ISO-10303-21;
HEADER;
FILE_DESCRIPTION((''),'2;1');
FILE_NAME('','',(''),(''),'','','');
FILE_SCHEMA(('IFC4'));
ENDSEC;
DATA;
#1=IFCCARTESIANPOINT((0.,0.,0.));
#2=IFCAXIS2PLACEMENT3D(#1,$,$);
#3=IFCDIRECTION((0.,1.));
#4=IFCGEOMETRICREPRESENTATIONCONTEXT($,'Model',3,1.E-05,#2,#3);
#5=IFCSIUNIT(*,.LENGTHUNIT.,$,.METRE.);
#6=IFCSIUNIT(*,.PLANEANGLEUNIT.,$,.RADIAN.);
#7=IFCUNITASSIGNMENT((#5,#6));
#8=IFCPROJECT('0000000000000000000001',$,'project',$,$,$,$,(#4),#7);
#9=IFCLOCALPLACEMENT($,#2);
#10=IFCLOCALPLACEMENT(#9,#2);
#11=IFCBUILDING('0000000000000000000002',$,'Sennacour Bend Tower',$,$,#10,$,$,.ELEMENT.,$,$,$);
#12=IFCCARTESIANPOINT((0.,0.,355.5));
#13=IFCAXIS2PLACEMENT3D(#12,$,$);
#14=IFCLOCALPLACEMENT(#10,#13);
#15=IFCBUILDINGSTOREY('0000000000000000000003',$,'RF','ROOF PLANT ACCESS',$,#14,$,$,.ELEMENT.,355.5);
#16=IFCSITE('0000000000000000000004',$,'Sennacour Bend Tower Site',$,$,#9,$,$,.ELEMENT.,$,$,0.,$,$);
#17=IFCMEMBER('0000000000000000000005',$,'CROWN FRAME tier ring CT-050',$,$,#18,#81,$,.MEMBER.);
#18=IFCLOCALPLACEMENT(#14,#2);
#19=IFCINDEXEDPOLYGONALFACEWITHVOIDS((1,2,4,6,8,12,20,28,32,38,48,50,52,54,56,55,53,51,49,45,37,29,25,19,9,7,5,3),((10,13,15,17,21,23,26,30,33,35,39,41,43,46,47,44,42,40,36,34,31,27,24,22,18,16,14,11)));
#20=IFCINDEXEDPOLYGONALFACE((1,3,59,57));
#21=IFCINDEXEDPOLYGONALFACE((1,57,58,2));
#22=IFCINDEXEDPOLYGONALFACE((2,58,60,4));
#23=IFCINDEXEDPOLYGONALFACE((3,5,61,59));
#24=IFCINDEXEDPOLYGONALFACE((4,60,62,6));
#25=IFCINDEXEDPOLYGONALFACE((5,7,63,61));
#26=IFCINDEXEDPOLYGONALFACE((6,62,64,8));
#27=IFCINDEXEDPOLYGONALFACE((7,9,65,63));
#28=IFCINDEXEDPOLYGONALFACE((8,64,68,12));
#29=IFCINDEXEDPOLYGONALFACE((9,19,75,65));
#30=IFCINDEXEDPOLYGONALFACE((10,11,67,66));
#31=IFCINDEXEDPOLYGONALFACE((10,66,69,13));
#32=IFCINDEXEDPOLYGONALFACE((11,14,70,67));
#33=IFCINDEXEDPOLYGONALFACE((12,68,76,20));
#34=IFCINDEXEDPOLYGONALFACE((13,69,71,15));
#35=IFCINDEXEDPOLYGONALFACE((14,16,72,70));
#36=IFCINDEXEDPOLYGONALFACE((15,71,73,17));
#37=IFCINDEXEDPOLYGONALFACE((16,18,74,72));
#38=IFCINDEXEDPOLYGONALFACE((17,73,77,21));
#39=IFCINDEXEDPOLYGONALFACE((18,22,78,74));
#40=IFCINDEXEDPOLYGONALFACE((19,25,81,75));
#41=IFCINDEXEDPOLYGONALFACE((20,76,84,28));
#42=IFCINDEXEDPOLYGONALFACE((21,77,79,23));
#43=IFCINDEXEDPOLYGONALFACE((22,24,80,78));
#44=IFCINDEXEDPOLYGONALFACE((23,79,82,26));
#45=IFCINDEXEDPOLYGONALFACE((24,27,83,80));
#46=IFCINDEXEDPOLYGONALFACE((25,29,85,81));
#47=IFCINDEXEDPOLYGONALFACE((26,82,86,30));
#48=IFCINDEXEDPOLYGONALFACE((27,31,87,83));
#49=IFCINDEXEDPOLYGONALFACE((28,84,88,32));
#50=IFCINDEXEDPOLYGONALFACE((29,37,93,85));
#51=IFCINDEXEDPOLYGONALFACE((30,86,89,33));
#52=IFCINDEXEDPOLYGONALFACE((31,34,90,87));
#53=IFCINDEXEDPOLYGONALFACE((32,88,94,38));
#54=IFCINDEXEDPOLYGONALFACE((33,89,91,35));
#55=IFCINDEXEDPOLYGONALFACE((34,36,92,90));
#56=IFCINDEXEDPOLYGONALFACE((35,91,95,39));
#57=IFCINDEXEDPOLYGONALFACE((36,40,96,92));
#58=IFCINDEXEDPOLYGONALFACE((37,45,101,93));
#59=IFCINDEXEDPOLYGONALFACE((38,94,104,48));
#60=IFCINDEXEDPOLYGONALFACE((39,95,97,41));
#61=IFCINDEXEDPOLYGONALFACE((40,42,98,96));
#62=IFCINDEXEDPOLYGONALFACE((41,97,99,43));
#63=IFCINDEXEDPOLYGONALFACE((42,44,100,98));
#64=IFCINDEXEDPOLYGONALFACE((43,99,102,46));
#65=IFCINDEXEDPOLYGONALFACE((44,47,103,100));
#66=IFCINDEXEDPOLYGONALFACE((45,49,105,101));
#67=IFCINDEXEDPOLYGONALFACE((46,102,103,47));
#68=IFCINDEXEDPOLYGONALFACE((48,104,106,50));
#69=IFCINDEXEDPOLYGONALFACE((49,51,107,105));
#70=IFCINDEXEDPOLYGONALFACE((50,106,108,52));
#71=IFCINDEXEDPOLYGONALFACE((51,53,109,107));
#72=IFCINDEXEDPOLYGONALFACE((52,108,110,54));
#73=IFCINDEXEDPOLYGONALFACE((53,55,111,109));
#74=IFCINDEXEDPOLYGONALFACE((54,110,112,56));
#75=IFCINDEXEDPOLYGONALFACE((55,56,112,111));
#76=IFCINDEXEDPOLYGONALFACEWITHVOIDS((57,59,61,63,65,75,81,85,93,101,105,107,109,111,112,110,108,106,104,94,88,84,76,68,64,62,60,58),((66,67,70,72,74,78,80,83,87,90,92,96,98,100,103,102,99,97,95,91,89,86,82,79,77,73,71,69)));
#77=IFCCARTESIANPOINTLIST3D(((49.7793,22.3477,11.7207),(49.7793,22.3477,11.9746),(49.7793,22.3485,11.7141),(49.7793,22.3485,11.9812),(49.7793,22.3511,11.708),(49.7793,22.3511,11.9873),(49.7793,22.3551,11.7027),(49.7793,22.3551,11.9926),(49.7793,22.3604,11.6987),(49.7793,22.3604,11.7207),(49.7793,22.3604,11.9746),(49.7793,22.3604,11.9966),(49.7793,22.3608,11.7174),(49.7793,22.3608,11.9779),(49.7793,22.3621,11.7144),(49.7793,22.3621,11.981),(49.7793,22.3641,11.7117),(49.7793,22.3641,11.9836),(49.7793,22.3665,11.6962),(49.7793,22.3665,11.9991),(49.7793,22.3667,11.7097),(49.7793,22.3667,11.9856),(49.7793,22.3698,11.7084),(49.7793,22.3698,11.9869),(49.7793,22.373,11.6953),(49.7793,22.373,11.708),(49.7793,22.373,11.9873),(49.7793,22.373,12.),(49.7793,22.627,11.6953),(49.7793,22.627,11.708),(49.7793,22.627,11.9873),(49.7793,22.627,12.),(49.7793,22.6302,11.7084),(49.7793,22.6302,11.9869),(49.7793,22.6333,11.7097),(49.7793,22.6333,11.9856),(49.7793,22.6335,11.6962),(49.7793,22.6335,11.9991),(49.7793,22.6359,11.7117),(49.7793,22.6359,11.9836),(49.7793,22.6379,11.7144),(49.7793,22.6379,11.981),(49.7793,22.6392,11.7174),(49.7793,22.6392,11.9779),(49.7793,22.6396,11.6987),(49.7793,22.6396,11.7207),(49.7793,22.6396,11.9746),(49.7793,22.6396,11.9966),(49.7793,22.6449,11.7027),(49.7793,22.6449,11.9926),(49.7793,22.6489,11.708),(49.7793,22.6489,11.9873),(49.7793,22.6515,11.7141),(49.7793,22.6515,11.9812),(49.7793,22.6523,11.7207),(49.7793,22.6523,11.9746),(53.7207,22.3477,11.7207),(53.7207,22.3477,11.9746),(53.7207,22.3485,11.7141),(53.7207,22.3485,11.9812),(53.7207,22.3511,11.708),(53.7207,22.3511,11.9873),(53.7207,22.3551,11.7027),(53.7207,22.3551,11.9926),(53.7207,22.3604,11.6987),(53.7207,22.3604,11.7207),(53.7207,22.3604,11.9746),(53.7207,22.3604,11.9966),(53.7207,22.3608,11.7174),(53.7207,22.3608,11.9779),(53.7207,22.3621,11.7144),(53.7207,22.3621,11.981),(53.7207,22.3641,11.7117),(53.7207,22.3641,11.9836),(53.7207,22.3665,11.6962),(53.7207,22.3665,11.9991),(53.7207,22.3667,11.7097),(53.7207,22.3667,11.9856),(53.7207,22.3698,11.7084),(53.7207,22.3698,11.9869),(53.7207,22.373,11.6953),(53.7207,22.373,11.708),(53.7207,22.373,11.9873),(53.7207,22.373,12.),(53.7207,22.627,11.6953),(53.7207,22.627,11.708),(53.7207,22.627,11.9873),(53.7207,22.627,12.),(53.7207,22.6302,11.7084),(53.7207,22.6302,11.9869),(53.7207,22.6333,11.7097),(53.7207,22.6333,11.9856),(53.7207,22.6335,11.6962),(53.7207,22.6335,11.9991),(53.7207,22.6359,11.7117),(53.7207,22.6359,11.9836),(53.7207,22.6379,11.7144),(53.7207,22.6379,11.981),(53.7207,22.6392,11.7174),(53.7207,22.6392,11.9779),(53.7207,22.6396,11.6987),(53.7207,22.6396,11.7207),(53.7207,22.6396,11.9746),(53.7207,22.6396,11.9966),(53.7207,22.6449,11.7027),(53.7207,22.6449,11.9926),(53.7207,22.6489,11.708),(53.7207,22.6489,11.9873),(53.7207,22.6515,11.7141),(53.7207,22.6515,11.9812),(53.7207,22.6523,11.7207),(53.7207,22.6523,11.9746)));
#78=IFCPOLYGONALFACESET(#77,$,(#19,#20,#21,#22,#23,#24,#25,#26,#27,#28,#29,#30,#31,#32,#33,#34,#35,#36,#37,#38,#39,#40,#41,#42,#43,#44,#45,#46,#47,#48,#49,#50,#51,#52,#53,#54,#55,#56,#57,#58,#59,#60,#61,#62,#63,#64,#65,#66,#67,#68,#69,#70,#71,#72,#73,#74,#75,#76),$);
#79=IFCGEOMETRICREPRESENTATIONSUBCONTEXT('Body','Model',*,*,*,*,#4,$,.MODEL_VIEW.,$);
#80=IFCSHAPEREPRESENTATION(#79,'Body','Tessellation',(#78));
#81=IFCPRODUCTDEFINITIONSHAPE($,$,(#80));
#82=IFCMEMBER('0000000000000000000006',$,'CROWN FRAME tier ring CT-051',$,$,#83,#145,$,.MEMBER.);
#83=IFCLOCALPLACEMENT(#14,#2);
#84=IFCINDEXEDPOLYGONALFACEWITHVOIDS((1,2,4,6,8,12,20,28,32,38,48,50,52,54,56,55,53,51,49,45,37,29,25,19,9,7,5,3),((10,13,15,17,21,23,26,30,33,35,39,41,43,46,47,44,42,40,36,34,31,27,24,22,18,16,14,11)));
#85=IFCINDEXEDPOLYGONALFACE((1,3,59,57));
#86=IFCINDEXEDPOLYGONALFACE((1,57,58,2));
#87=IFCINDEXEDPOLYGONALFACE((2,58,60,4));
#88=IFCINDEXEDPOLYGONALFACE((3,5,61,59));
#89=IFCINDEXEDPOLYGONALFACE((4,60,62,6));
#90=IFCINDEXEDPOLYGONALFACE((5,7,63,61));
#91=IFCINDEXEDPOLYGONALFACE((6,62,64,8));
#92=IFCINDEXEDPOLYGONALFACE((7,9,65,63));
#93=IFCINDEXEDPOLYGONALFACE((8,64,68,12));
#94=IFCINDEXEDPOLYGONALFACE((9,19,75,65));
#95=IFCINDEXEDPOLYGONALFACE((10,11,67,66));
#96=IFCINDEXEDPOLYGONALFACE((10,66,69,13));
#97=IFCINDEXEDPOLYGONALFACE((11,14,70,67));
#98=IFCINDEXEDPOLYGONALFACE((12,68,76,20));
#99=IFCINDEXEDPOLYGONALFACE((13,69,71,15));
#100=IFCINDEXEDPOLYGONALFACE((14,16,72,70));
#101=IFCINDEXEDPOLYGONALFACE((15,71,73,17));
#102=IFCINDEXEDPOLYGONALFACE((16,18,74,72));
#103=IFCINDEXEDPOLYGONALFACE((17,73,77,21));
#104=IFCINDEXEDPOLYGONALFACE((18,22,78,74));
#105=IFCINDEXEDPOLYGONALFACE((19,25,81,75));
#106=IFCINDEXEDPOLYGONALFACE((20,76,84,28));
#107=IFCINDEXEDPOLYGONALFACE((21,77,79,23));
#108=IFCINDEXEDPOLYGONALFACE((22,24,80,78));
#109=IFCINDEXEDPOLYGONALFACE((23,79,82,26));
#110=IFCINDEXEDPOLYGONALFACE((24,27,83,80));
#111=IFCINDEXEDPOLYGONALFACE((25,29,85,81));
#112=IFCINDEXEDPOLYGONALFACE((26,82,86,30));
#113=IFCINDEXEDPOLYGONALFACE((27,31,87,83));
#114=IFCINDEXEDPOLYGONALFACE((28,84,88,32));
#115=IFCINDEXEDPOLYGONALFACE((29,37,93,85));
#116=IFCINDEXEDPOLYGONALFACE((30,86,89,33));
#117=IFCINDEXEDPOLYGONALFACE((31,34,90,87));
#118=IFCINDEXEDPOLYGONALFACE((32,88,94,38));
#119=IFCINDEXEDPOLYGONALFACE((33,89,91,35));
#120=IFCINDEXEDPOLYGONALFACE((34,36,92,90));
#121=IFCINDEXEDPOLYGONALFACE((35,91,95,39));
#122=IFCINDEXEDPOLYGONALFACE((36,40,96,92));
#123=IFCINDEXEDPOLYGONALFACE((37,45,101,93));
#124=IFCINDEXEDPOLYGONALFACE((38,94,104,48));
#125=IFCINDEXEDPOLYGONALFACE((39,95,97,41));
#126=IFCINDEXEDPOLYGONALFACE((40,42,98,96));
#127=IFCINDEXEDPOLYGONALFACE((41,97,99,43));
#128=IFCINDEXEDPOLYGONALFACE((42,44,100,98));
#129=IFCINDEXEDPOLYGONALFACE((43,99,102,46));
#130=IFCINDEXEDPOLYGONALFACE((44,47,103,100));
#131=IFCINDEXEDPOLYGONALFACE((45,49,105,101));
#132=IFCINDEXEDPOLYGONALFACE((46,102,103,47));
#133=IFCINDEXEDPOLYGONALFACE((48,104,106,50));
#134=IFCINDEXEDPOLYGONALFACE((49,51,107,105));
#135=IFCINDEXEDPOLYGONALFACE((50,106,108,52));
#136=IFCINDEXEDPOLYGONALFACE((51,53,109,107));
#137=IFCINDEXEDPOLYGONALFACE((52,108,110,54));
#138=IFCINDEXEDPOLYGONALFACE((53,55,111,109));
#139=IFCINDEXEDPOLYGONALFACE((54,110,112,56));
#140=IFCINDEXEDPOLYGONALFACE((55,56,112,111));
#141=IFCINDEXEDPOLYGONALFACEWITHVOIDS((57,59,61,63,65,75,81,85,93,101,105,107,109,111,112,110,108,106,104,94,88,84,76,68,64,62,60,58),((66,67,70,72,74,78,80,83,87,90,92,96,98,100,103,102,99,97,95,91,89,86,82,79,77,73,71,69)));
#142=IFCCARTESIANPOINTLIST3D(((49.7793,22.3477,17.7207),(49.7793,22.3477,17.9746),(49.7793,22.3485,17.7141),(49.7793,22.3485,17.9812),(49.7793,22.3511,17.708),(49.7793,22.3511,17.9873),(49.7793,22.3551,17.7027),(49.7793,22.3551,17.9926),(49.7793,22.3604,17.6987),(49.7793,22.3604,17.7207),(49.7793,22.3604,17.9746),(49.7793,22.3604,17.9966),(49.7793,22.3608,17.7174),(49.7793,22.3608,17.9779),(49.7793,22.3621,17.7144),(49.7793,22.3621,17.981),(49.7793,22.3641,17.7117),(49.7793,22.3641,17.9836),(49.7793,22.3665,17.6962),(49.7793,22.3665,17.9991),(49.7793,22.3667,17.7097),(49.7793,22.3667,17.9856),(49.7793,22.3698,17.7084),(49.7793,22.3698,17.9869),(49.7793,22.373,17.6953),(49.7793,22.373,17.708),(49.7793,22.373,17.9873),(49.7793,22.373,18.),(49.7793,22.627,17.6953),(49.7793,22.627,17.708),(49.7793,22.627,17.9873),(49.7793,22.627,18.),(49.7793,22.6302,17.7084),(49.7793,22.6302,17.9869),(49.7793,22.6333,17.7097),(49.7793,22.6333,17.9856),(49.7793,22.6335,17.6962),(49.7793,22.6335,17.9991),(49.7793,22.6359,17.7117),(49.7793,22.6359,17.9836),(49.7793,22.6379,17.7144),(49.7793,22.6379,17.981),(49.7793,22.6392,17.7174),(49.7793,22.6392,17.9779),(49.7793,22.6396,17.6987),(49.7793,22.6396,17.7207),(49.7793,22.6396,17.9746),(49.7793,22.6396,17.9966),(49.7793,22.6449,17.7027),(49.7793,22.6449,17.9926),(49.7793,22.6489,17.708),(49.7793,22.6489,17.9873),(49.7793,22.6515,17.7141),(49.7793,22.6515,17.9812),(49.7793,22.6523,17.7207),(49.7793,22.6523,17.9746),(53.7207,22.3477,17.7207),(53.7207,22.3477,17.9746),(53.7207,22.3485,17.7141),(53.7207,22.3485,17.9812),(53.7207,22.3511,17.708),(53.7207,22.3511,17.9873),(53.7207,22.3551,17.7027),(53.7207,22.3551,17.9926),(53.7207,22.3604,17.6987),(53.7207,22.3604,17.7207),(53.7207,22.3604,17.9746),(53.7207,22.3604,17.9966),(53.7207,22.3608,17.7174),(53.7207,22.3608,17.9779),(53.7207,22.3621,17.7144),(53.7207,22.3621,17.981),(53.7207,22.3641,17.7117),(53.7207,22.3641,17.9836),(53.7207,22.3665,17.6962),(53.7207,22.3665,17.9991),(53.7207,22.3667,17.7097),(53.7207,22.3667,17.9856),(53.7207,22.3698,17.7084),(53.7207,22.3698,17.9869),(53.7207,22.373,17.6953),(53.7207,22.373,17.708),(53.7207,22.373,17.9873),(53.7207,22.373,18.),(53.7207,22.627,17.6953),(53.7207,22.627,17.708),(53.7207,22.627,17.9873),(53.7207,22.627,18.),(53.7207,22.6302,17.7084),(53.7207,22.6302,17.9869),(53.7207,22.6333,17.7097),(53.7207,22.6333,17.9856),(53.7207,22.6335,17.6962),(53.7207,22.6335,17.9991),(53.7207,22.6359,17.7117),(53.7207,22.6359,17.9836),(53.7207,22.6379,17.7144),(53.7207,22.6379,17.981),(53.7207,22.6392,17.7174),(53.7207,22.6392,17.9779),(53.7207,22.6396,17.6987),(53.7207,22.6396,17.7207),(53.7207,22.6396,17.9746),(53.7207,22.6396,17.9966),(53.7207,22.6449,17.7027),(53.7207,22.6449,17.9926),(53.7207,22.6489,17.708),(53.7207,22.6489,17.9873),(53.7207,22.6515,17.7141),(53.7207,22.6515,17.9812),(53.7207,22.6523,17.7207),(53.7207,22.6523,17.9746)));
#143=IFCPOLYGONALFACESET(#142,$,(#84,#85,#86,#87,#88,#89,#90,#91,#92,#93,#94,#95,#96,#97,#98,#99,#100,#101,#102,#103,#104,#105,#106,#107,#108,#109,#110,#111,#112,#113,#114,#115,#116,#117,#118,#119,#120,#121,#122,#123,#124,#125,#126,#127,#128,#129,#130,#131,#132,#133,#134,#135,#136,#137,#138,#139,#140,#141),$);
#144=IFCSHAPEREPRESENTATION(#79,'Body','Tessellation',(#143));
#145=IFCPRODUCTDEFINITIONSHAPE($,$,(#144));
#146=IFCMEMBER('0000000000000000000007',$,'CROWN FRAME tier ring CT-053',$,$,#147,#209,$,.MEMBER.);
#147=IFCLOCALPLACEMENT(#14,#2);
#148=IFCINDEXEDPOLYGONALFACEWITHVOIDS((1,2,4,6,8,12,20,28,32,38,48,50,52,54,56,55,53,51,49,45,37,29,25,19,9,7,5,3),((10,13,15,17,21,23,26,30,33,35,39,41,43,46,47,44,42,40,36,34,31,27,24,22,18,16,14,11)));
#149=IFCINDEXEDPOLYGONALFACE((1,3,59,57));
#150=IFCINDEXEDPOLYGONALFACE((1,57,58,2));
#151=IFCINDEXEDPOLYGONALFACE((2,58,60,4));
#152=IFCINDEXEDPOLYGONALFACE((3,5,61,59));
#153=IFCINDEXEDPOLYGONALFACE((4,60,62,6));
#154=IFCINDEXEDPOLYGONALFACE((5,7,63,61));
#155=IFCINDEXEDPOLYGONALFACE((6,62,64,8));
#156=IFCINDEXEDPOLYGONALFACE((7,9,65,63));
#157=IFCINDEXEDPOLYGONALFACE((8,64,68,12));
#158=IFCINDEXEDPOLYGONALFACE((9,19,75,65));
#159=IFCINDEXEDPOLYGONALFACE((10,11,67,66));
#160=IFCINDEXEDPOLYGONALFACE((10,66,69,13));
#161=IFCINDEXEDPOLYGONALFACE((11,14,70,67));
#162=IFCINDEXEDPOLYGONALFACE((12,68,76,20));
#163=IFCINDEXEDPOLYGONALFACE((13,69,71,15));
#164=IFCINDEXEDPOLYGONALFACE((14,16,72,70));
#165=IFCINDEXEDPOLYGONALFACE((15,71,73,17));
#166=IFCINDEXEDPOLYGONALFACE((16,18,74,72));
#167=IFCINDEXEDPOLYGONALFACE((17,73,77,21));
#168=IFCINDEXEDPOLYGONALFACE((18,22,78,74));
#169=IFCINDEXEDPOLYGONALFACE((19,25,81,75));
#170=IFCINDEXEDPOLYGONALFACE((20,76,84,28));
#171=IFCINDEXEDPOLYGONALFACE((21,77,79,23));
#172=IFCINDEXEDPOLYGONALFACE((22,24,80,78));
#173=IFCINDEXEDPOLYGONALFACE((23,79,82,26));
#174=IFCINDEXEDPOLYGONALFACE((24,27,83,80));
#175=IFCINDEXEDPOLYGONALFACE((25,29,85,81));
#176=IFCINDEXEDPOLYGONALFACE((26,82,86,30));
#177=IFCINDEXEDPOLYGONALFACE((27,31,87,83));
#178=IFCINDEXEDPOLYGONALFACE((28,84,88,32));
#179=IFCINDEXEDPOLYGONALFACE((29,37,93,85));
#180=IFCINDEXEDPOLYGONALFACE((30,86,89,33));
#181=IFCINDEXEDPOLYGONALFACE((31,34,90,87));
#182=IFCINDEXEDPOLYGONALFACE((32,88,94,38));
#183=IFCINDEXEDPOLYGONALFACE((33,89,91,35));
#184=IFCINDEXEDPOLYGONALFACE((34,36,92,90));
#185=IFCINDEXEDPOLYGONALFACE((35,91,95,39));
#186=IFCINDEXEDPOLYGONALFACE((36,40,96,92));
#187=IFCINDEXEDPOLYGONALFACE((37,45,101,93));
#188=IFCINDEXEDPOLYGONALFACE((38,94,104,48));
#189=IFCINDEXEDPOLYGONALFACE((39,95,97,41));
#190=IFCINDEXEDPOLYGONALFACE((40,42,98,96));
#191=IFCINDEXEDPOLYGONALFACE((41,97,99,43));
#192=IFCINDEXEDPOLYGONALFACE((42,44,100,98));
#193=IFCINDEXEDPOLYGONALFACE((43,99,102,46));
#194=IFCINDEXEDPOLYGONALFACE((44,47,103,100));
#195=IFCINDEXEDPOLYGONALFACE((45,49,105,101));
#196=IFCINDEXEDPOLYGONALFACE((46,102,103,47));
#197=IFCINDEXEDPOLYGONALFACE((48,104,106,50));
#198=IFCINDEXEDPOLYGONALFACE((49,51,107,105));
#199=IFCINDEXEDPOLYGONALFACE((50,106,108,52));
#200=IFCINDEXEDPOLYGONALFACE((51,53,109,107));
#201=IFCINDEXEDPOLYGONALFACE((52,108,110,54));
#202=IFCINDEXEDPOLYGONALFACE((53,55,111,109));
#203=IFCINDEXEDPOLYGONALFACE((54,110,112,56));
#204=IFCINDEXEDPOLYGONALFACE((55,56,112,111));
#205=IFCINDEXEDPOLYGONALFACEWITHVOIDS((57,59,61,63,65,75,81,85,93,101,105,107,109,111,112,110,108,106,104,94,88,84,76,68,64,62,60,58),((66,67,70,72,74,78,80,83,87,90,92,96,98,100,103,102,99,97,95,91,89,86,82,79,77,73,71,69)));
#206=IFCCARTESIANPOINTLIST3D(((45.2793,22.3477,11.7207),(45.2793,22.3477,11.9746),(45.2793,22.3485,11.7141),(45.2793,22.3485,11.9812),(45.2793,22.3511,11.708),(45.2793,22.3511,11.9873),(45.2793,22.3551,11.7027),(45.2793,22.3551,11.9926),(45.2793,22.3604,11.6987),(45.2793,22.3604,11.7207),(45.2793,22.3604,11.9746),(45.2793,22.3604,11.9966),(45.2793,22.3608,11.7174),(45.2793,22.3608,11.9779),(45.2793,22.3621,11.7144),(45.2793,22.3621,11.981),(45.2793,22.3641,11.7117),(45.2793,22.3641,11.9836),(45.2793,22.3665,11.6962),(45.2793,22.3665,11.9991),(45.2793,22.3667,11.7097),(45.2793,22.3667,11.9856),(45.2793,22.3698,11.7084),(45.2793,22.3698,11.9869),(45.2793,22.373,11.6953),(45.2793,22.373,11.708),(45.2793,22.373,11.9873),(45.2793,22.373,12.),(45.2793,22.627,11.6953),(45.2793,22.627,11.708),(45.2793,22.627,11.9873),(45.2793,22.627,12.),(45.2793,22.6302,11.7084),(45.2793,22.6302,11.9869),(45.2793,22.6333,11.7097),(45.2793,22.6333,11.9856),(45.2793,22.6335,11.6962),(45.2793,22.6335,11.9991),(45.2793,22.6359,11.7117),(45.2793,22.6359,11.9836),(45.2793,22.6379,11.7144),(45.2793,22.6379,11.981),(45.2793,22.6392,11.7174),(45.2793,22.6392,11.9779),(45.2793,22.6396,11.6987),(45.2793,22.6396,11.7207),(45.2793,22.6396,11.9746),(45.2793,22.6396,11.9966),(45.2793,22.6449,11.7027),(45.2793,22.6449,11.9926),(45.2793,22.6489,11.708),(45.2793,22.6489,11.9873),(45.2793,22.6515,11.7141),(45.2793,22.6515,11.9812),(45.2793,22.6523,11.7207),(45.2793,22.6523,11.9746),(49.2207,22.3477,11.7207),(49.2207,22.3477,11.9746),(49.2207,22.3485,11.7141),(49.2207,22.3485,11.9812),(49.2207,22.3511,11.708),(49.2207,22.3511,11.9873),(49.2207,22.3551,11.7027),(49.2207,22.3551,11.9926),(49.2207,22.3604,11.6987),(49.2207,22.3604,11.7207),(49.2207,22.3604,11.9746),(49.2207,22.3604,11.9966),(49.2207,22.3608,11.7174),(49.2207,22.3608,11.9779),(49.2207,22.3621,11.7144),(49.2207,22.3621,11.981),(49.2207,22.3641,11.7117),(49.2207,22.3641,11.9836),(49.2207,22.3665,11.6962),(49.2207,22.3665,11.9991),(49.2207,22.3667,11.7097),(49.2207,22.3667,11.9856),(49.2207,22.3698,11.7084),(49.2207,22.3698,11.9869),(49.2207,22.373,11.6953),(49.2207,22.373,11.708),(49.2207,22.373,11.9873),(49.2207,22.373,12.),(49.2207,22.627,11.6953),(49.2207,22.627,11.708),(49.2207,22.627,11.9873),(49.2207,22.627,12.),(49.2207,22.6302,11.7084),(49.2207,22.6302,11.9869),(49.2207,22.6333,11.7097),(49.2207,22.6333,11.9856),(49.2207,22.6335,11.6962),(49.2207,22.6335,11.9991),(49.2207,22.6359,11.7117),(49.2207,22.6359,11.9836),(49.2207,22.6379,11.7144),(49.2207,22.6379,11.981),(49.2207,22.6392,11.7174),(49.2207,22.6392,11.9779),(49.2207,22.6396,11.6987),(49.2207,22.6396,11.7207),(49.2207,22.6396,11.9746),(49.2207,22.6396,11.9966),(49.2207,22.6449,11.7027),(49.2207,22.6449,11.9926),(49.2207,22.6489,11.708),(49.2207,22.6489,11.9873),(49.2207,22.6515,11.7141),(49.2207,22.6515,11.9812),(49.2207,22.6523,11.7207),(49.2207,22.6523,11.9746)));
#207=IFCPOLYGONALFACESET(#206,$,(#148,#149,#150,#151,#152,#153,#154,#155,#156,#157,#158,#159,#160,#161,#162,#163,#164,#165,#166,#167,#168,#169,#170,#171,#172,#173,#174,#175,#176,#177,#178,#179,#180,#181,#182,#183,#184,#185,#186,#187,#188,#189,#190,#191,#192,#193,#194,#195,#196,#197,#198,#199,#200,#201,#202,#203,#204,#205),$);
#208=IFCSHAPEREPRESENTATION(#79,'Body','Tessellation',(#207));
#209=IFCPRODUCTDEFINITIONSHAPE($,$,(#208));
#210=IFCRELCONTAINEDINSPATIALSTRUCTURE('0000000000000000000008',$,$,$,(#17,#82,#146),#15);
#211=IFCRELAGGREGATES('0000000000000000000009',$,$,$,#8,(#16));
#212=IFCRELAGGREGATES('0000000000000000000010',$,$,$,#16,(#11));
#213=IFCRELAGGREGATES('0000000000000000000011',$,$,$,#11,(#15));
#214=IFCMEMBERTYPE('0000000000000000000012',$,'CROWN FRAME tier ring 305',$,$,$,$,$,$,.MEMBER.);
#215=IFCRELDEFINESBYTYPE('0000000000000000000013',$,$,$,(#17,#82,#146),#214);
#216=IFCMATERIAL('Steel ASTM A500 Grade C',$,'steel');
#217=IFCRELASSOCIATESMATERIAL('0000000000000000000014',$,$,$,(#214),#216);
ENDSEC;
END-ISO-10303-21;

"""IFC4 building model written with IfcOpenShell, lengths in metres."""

from ifc_helpers import new_model, si_unit, direction, frame, origin, origin_2d, place, context, subcontext, project, spatial, hollow_rectangle, extrude, material, material_profile, profile_set, type_object, element, save


model = new_model("IFC4")

# Units and contexts
model_context = context("Model", 3, precision=1e-05, world=origin(), true_north=direction((0.0, 1.0)))
body_context = subcontext(model_context, "Body", "Model", "MODEL_VIEW")
ifc_project = project(units=[si_unit("LENGTHUNIT", "METRE"), si_unit("PLANEANGLEUNIT", "RADIAN")], contexts=[model_context])

# Site, building, storey
site_placement = place(None, origin())
site = spatial("IfcSite", under=ifc_project, at=site_placement, Name="Sennacour Bend Tower Site", CompositionType="ELEMENT", RefElevation=0.0)
building_placement = place(site_placement, origin())
building = spatial("IfcBuilding", under=site, at=building_placement, Name="Sennacour Bend Tower", CompositionType="ELEMENT")
storey_placement = place(building_placement, frame((0.0, 0.0, 355.5)))
storey = spatial("IfcBuildingStorey", under=building, at=storey_placement, Name="RF", Description="ROOF PLANT ACCESS", CompositionType="ELEMENT", Elevation=355.5)

# Shared definitions
ifc_material_1 = material(Name="Steel ASTM A500 Grade C", Category="steel")

# Members
ifc_material_profile_1 = material_profile(ifc_material_1, hollow_rectangle(XDim=0.3047, YDim=0.3047, WallThickness=0.0127, InnerFilletRadius=0.0127, OuterFilletRadius=0.0254, at=origin_2d()), Name="Steel ASTM A500 Grade C", Category="steel")
ifc_profile_set_1 = profile_set([ifc_material_profile_1], Name="Steel ASTM A500 Grade C")
member_type_1 = type_object("IfcMemberType", Name="CROWN FRAME tier ring 305", PredefinedType="MEMBER", material=ifc_profile_set_1)
for number, where, z_axis, x_axis, name in (
    (1, (53.7207, 22.5, 11.8477), (-1.0, 0.0, 0.0), (0.0, -1.0, 0.0), "CROWN FRAME tier ring CT-050"),
    (2, (53.7207, 22.5, 17.8477), (-1.0, 0.0, 0.0), (0.0, -1.0, 0.0), "CROWN FRAME tier ring CT-051"),
    (3, (49.2207, 22.5, 11.8477), (-1.0, 0.0, 0.0), (0.0, -1.0, 0.0), "CROWN FRAME tier ring CT-053"),
):
    element("IfcMember", number, at=place(storey_placement, frame(where, z_axis=z_axis, x_axis=x_axis)), inside=storey, type_object=member_type_1, Name=name, PredefinedType="MEMBER", context=body_context, shape_type="SweptSolid", body=[
        extrude(hollow_rectangle(XDim=0.3047, YDim=0.3047, WallThickness=0.0127, InnerFilletRadius=0.0127, OuterFilletRadius=0.0254, at=origin_2d()), origin(), (0.0, 0.0, 1.0), 3.9414),
    ])

save(model, "model.ifc")
